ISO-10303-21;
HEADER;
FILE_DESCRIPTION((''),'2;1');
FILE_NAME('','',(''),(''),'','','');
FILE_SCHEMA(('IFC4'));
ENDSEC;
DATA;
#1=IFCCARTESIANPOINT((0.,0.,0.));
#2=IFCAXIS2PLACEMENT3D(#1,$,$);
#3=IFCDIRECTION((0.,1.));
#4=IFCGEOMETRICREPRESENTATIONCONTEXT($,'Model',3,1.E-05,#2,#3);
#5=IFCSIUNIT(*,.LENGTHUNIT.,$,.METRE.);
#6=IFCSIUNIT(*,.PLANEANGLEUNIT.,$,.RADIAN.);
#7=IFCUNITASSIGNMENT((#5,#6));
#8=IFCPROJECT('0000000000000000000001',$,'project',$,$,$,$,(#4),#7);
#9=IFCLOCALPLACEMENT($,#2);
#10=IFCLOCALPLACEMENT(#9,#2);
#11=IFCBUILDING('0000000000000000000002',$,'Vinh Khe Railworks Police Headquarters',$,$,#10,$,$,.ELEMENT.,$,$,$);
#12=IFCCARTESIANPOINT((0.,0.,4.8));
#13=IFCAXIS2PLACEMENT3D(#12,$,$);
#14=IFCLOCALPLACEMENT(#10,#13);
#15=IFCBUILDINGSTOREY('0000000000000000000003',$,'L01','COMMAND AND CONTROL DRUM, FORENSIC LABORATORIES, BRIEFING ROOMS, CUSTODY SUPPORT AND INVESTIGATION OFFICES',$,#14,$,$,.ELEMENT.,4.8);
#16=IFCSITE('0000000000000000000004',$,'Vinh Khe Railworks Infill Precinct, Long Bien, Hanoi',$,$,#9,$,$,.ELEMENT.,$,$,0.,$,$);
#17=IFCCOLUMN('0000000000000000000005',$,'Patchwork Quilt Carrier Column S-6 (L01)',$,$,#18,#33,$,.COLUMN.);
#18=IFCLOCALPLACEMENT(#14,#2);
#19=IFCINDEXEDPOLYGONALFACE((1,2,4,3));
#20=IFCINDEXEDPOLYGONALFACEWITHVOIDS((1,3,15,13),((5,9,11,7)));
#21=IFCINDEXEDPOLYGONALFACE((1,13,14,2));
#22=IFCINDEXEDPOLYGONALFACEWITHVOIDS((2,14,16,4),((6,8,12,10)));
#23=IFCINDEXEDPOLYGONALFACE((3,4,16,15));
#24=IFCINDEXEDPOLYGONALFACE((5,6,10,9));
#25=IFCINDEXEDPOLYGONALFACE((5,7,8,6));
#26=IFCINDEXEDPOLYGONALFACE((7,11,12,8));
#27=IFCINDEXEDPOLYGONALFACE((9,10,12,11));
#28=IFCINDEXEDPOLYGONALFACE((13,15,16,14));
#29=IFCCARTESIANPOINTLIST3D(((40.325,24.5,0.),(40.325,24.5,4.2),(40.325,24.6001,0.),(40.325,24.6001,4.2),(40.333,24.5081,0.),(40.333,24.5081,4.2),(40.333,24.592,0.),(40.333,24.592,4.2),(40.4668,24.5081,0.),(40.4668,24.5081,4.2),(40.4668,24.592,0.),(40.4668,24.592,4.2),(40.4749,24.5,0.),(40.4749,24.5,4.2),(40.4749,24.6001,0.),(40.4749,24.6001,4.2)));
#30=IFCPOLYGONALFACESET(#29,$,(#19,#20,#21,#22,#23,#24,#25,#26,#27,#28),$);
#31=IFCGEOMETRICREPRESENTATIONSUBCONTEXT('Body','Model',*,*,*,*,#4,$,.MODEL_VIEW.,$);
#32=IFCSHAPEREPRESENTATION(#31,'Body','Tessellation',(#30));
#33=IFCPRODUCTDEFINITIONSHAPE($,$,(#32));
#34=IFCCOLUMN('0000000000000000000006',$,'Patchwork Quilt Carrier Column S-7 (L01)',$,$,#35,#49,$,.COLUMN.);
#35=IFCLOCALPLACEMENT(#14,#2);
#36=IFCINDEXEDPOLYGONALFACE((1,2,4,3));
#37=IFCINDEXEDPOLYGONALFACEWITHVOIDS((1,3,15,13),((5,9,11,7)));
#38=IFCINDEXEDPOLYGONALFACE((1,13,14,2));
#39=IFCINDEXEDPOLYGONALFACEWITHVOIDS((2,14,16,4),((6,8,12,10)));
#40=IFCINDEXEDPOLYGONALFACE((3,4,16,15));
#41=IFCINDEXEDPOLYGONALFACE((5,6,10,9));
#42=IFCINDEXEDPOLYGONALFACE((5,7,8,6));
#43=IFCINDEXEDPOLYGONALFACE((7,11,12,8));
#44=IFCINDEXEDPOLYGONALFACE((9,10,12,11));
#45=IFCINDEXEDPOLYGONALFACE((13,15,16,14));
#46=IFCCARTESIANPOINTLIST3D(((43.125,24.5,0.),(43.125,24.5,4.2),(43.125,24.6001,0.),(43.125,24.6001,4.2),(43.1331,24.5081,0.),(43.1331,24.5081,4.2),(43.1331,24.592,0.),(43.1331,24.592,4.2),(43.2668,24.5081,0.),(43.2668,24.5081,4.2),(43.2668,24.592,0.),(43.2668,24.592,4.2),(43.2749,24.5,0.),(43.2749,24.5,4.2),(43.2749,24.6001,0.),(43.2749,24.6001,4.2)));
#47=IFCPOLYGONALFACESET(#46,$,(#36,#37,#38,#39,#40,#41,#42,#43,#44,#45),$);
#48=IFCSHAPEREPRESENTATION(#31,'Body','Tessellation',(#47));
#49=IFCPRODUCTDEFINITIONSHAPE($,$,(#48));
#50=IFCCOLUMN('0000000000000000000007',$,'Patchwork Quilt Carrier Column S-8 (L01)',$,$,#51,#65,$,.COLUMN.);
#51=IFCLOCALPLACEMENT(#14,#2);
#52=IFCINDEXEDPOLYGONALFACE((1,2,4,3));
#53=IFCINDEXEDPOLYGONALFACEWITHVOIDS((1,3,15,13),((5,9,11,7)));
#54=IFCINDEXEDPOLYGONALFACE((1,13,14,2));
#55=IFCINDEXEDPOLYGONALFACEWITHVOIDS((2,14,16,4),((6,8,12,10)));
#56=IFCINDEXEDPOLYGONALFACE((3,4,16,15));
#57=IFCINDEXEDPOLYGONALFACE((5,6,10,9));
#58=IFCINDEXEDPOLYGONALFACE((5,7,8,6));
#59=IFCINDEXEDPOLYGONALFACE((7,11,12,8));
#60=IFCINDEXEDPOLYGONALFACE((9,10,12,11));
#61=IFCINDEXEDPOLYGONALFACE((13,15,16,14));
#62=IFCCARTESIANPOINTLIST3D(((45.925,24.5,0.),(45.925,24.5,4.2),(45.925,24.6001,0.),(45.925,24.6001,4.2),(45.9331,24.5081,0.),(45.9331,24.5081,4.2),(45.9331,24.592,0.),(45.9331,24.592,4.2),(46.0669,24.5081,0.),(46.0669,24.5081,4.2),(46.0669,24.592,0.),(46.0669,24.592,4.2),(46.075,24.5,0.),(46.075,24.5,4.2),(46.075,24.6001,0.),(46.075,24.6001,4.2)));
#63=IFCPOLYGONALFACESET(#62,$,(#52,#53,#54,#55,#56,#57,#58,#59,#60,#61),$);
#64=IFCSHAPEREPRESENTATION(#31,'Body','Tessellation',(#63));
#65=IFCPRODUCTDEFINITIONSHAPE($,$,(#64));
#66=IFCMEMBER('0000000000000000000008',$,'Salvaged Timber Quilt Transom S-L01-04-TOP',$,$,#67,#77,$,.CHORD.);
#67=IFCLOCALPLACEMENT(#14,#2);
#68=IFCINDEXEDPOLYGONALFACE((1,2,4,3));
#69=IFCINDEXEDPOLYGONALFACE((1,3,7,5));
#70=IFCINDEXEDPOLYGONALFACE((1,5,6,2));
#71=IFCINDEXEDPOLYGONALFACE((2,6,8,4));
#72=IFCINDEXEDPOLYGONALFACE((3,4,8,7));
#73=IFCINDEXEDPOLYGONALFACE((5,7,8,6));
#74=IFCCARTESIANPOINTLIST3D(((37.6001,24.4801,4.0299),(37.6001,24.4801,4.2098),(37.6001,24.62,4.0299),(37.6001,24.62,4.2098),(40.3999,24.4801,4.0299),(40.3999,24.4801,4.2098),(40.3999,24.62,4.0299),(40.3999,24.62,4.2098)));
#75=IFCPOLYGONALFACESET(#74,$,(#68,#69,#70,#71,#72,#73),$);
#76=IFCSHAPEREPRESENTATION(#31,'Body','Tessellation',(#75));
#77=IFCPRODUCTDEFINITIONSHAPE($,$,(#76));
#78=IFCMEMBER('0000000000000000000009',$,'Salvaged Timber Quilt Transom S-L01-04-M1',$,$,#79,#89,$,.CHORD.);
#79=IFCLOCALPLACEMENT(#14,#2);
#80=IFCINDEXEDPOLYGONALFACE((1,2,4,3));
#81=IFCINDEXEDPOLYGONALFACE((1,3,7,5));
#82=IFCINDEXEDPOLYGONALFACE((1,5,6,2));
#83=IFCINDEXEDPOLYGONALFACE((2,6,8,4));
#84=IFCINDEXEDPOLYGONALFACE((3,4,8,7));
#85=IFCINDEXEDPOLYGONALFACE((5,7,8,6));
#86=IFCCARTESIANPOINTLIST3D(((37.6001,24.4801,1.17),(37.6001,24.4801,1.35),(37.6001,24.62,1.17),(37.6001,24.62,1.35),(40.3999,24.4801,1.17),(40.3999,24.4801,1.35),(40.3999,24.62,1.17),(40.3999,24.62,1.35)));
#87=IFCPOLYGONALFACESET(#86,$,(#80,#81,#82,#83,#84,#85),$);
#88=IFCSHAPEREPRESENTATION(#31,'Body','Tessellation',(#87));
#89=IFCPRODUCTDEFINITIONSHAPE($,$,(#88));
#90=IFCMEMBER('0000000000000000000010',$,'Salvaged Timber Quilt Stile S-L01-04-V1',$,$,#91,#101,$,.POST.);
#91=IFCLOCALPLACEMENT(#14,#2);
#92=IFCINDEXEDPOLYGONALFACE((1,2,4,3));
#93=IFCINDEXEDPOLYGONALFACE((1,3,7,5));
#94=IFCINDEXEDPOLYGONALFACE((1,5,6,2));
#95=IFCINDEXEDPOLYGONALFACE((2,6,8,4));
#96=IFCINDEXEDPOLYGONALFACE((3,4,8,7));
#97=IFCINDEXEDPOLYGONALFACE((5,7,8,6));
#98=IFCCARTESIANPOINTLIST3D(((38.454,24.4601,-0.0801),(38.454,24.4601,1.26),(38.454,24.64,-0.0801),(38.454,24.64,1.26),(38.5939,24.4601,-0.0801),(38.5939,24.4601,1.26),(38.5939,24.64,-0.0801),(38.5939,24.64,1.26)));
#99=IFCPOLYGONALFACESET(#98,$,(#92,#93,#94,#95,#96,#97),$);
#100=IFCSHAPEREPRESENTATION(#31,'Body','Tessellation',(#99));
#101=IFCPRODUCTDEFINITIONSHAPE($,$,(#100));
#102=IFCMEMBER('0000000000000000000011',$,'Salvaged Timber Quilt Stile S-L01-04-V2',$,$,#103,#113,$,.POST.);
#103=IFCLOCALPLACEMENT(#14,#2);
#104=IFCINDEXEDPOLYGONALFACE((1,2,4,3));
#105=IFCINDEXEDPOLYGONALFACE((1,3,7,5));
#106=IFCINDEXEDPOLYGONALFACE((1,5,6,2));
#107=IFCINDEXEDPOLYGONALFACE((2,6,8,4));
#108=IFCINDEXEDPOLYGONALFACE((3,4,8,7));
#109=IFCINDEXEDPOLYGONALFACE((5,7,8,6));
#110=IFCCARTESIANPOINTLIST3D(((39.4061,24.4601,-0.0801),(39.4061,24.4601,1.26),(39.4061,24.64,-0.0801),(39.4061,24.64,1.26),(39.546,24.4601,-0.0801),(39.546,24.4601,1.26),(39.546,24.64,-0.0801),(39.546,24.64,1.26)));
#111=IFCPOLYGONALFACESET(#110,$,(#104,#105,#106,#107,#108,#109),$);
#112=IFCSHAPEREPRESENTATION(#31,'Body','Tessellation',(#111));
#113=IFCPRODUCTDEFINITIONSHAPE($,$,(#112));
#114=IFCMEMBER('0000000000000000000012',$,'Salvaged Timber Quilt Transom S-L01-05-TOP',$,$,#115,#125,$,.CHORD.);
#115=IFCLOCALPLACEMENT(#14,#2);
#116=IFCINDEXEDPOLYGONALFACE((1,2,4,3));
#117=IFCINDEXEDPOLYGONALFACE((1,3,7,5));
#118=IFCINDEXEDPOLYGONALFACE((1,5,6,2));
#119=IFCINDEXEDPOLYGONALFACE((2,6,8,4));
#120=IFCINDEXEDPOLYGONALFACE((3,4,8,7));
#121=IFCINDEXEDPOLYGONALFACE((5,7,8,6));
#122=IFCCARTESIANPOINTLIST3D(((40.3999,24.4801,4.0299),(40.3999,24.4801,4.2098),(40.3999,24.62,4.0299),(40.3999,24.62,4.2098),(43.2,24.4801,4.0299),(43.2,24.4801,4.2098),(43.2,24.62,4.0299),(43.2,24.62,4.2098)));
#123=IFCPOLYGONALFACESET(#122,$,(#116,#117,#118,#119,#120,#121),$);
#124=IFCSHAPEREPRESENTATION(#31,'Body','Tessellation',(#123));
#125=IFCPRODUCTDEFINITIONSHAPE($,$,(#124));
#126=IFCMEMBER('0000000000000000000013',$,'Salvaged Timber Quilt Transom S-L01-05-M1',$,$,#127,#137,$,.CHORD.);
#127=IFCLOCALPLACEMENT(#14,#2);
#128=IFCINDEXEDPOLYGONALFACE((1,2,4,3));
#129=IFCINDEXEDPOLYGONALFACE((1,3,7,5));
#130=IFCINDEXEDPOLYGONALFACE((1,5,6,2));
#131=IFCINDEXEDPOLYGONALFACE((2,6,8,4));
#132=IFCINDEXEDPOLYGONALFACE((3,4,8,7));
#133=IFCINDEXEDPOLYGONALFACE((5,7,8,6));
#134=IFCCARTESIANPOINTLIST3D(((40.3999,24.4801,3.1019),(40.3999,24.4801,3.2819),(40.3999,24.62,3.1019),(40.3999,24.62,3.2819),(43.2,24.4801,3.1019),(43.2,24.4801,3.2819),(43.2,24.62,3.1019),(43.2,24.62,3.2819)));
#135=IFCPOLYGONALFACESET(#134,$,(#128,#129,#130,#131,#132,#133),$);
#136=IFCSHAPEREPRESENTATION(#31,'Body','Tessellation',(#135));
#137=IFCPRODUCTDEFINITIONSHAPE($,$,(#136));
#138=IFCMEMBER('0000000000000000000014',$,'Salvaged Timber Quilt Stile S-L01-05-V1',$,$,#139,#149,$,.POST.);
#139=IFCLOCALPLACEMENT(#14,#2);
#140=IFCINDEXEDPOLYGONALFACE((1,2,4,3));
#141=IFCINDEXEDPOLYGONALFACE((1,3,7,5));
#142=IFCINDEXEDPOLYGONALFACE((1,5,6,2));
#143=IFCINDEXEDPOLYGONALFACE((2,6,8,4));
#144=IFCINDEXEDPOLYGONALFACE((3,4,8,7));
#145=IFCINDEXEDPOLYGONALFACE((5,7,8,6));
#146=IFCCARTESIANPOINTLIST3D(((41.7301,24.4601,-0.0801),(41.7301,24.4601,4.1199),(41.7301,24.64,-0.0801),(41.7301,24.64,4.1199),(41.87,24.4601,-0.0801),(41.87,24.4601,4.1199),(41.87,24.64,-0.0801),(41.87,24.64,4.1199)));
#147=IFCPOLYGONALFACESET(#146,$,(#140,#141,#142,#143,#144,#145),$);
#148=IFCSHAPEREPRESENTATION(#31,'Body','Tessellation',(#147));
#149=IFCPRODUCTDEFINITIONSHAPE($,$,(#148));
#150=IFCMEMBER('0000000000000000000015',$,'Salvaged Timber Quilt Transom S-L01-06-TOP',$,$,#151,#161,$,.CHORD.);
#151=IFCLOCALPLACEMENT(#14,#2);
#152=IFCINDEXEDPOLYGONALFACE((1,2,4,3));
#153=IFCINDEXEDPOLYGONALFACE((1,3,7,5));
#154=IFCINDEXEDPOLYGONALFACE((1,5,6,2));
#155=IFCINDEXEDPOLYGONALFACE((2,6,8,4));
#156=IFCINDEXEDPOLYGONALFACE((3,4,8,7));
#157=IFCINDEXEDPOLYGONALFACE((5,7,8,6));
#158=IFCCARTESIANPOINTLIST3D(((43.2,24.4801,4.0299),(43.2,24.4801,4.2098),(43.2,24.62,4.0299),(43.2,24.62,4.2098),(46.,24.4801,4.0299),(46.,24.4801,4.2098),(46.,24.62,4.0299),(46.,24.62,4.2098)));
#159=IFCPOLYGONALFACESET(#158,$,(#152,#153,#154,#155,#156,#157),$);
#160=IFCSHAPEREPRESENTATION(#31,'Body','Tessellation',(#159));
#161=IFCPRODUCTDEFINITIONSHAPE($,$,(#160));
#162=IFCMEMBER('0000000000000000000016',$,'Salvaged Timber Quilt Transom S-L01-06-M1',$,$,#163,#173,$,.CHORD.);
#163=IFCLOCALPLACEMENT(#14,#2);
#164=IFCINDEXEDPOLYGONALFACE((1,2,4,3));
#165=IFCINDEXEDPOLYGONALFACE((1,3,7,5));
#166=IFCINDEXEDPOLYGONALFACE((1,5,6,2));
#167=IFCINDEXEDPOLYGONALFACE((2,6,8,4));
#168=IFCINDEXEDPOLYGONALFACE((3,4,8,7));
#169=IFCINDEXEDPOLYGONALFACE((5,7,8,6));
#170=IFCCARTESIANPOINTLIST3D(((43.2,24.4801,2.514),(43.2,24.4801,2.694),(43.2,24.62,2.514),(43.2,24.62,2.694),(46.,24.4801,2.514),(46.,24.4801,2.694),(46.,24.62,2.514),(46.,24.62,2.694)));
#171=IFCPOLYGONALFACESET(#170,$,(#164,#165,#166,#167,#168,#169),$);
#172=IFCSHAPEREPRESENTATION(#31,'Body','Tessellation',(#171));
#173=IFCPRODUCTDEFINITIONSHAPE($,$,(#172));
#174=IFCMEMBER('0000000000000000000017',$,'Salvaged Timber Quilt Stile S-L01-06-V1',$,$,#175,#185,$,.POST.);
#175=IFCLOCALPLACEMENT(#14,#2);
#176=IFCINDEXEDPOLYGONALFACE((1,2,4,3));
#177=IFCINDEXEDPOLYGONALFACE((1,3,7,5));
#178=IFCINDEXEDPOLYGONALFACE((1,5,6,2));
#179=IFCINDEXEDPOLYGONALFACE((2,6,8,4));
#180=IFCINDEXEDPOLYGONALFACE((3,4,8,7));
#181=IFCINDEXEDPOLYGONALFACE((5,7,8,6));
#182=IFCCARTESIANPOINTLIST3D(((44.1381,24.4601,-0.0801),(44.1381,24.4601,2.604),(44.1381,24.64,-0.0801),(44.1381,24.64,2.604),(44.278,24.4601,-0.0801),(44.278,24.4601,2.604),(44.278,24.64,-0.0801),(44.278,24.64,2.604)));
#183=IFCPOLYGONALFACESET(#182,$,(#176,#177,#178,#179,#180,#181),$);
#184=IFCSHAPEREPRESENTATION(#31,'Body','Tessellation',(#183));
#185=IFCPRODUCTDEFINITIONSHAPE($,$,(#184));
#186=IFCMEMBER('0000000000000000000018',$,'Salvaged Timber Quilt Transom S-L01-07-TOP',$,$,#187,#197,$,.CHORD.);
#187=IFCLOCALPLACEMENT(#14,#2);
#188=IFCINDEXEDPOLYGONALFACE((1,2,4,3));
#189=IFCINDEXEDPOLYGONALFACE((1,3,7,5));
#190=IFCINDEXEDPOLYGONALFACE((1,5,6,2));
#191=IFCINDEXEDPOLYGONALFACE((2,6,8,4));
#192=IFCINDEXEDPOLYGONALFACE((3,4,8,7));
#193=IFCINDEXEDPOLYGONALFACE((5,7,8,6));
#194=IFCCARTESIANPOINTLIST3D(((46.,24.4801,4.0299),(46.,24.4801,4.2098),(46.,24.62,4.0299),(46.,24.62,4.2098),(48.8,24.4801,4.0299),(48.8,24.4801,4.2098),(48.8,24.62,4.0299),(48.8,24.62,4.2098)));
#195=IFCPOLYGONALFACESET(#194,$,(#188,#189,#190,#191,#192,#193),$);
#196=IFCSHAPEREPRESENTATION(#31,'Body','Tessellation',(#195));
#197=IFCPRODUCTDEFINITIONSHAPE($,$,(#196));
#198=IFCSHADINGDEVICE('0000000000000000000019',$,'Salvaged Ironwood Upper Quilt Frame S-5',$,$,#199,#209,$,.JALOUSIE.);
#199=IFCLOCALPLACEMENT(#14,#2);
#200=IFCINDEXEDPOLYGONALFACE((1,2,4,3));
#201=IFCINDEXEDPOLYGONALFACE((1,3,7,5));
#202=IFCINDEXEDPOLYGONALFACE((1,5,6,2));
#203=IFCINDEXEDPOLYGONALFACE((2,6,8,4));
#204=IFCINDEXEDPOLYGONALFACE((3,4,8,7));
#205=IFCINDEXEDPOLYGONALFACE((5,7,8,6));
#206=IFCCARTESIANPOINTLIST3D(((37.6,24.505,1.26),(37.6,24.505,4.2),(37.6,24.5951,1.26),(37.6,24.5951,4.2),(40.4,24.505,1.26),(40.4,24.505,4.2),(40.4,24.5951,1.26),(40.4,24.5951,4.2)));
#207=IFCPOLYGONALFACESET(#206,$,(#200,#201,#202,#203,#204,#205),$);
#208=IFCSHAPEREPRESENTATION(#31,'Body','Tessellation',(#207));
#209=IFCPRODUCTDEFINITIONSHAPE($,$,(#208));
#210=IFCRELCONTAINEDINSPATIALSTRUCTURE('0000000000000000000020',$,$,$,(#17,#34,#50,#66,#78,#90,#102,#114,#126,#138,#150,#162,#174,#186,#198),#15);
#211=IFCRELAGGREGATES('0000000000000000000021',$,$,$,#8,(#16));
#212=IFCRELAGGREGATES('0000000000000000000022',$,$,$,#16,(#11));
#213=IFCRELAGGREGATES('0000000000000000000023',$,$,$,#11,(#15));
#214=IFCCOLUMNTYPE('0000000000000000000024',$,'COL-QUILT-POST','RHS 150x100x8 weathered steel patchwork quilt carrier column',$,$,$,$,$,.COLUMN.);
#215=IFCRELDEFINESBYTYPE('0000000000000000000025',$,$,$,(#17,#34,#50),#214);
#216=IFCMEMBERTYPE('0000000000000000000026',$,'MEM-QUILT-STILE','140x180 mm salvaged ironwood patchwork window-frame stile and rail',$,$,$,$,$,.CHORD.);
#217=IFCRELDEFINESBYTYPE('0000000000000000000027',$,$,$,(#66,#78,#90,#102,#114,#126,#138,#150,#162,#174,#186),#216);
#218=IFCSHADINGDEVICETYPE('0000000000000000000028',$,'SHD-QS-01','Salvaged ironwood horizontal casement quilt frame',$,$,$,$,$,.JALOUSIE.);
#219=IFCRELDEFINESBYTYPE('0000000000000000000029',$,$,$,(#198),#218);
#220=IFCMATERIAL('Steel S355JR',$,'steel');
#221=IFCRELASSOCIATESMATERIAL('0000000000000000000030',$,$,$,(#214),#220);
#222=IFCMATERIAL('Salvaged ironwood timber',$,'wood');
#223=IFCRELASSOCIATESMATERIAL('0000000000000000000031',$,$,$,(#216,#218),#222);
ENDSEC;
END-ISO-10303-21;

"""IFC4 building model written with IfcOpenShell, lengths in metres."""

from ifc_helpers import new_model, si_unit, direction, frame, origin, origin_2d, place, context, subcontext, project, spatial, rectangle, hollow_rectangle, extrude, material, material_profile, profile_set, type_object, element, save


model = new_model("IFC4")

# Units and contexts
model_context = context("Model", 3, precision=1e-05, world=origin(), true_north=direction((0.0, 1.0)))
body_context = subcontext(model_context, "Body", "Model", "MODEL_VIEW")
ifc_project = project(units=[si_unit("LENGTHUNIT", "METRE"), si_unit("PLANEANGLEUNIT", "RADIAN")], contexts=[model_context])

# Site, building, storey
site_placement = place(None, origin())
site = spatial("IfcSite", under=ifc_project, at=site_placement, Name="Vinh Khe Railworks Infill Precinct, Long Bien, Hanoi", CompositionType="ELEMENT", RefElevation=0.0)
building_placement = place(site_placement, origin())
building = spatial("IfcBuilding", under=site, at=building_placement, Name="Vinh Khe Railworks Police Headquarters", CompositionType="ELEMENT")
storey_placement = place(building_placement, frame((0.0, 0.0, 4.8)))
storey = spatial("IfcBuildingStorey", under=building, at=storey_placement, Name="L01", Description="COMMAND AND CONTROL DRUM, FORENSIC LABORATORIES, BRIEFING ROOMS, CUSTODY SUPPORT AND INVESTIGATION OFFICES", CompositionType="ELEMENT", Elevation=4.8)

# Columns
ifc_material_1 = material(Name="Steel S355JR", Category="steel")
ifc_material_profile_1 = material_profile(ifc_material_1, hollow_rectangle(XDim=0.1499, YDim=0.1001, WallThickness=0.0081, at=origin_2d()), Name="RHS 150x100x8")
ifc_profile_set_1 = profile_set([ifc_material_profile_1], Name="Steel S355JR")
column_type = type_object("IfcColumnType", Name="COL-QUILT-POST", Description="RHS 150x100x8 weathered steel patchwork quilt carrier column", PredefinedType="COLUMN", material=ifc_profile_set_1)
for number, where, z_axis, x_axis, name in (
    (1, (40.3999, 24.55, 0.0), (0.0, 0.0, 1.0), (1.0, 0.0, 0.0), "Patchwork Quilt Carrier Column S-6 (L01)"),
    (2, (43.2, 24.55, 0.0), (0.0, 0.0, 1.0), (1.0, 0.0, 0.0), "Patchwork Quilt Carrier Column S-7 (L01)"),
    (3, (46.0, 24.55, 0.0), (0.0, 0.0, 1.0), (1.0, 0.0, 0.0), "Patchwork Quilt Carrier Column S-8 (L01)"),
):
    element("IfcColumn", number, at=place(storey_placement, frame(where, z_axis=z_axis, x_axis=x_axis)), inside=storey, type_object=column_type, Name=name, PredefinedType="COLUMN", context=body_context, shape_type="SweptSolid", body=[
        extrude(hollow_rectangle(XDim=0.1499, YDim=0.1001, WallThickness=0.0081, at=origin_2d()), origin(), (0.0, 0.0, 1.0), 4.2),
    ])

# Members
ifc_material_2 = material(Name="Salvaged ironwood timber", Category="wood")
ifc_material_profile_2 = material_profile(ifc_material_2, rectangle(XDim=0.1399, YDim=0.1799, at=origin_2d()), Name="TIMBER 140x180")
ifc_profile_set_2 = profile_set([ifc_material_profile_2], Name="Salvaged ironwood timber")
member_type = type_object("IfcMemberType", Name="MEM-QUILT-STILE", Description="140x180 mm salvaged ironwood patchwork window-frame stile and rail", PredefinedType="CHORD", material=ifc_profile_set_2)
for number, where, z_axis, x_axis, name in (
    (4, (37.6001, 24.55, 4.1199), (1.0, 0.0, 0.0), (0.0, 1.0, 0.0), "Salvaged Timber Quilt Transom S-L01-04-TOP"),
    (5, (37.6001, 24.55, 1.26), (1.0, 0.0, 0.0), (0.0, 1.0, 0.0), "Salvaged Timber Quilt Transom S-L01-04-M1"),
):
    element("IfcMember", number, at=place(storey_placement, frame(where, z_axis=z_axis, x_axis=x_axis)), inside=storey, type_object=member_type, Name=name, PredefinedType="CHORD", context=body_context, shape_type="SweptSolid", body=[
        extrude(rectangle(XDim=0.1399, YDim=0.1799, at=origin_2d()), origin(), (0.0, 0.0, 1.0), 2.7998),
    ])
for number, where, z_axis, x_axis, name in (
    (6, (38.5239, 24.55, -0.0801), (0.0, 0.0, 1.0), (1.0, 0.0, 0.0), "Salvaged Timber Quilt Stile S-L01-04-V1"),
    (7, (39.4761, 24.55, -0.0801), (0.0, 0.0, 1.0), (1.0, 0.0, 0.0), "Salvaged Timber Quilt Stile S-L01-04-V2"),
):
    element("IfcMember", number, at=place(storey_placement, frame(where, z_axis=z_axis, x_axis=x_axis)), inside=storey, type_object=member_type, Name=name, PredefinedType="POST", context=body_context, shape_type="SweptSolid", body=[
        extrude(rectangle(XDim=0.1399, YDim=0.1799, at=origin_2d()), origin(), (0.0, 0.0, 1.0), 1.3401),
    ])
for number, where, z_axis, x_axis, name in (
    (8, (40.3999, 24.55, 4.1199), (1.0, 0.0, 0.0), (0.0, 1.0, 0.0), "Salvaged Timber Quilt Transom S-L01-05-TOP"),
    (9, (40.3999, 24.55, 3.1919), (1.0, 0.0, 0.0), (0.0, 1.0, 0.0), "Salvaged Timber Quilt Transom S-L01-05-M1"),
):
    element("IfcMember", number, at=place(storey_placement, frame(where, z_axis=z_axis, x_axis=x_axis)), inside=storey, type_object=member_type, Name=name, PredefinedType="CHORD", context=body_context, shape_type="SweptSolid", body=[
        extrude(rectangle(XDim=0.1399, YDim=0.1799, at=origin_2d()), origin(), (0.0, 0.0, 1.0), 2.8),
    ])
member_1_placement = place(storey_placement, frame((41.8, 24.55, -0.0801), z_axis=(0.0, 0.0, 1.0), x_axis=(1.0, 0.0, 0.0)))
element("IfcMember", 10, at=member_1_placement, inside=storey, type_object=member_type, Name="Salvaged Timber Quilt Stile S-L01-05-V1", PredefinedType="POST", context=body_context, shape_type="SweptSolid", body=[
    extrude(rectangle(XDim=0.1399, YDim=0.1799, at=origin_2d()), origin(), (0.0, 0.0, 1.0), 4.2),
])
for number, where, z_axis, x_axis, name in (
    (11, (43.2, 24.55, 4.1199), (1.0, 0.0, 0.0), (0.0, 1.0, 0.0), "Salvaged Timber Quilt Transom S-L01-06-TOP"),
    (12, (43.2, 24.55, 2.604), (1.0, 0.0, 0.0), (0.0, 1.0, 0.0), "Salvaged Timber Quilt Transom S-L01-06-M1"),
):
    element("IfcMember", number, at=place(storey_placement, frame(where, z_axis=z_axis, x_axis=x_axis)), inside=storey, type_object=member_type, Name=name, PredefinedType="CHORD", context=body_context, shape_type="SweptSolid", body=[
        extrude(rectangle(XDim=0.1399, YDim=0.1799, at=origin_2d()), origin(), (0.0, 0.0, 1.0), 2.8),
    ])
member_2_placement = place(storey_placement, frame((44.208, 24.55, -0.0801), z_axis=(0.0, 0.0, 1.0), x_axis=(1.0, 0.0, 0.0)))
element("IfcMember", 13, at=member_2_placement, inside=storey, type_object=member_type, Name="Salvaged Timber Quilt Stile S-L01-06-V1", PredefinedType="POST", context=body_context, shape_type="SweptSolid", body=[
    extrude(rectangle(XDim=0.1399, YDim=0.1799, at=origin_2d()), origin(), (0.0, 0.0, 1.0), 2.6841),
])
member_3_placement = place(storey_placement, frame((46.0, 24.55, 4.1199), z_axis=(1.0, 0.0, 0.0), x_axis=(0.0, 1.0, 0.0)))
element("IfcMember", 14, at=member_3_placement, inside=storey, type_object=member_type, Name="Salvaged Timber Quilt Transom S-L01-07-TOP", PredefinedType="CHORD", context=body_context, shape_type="SweptSolid", body=[
    extrude(rectangle(XDim=0.1399, YDim=0.1799, at=origin_2d()), origin(), (0.0, 0.0, 1.0), 2.8),
])

# Shading device
shading_device_type_1 = type_object("IfcShadingDeviceType", Name="SHD-QS-01", Description="Salvaged ironwood horizontal casement quilt frame", PredefinedType="JALOUSIE", material=ifc_material_2)
shading_device_1_placement = place(storey_placement, frame((39.0, 24.55, 1.26), z_axis=(0.0, 0.0, 1.0), x_axis=(1.0, 0.0, 0.0)))
element("IfcShadingDevice", 15, at=shading_device_1_placement, inside=storey, type_object=shading_device_type_1, Name="Salvaged Ironwood Upper Quilt Frame S-5", PredefinedType="JALOUSIE", context=body_context, shape_type="SweptSolid", body=[
    extrude(rectangle(XDim=2.8, YDim=0.0901, at=origin_2d()), origin(), (0.0, 0.0, 1.0), 2.9399),
])

save(model, "model.ifc")
